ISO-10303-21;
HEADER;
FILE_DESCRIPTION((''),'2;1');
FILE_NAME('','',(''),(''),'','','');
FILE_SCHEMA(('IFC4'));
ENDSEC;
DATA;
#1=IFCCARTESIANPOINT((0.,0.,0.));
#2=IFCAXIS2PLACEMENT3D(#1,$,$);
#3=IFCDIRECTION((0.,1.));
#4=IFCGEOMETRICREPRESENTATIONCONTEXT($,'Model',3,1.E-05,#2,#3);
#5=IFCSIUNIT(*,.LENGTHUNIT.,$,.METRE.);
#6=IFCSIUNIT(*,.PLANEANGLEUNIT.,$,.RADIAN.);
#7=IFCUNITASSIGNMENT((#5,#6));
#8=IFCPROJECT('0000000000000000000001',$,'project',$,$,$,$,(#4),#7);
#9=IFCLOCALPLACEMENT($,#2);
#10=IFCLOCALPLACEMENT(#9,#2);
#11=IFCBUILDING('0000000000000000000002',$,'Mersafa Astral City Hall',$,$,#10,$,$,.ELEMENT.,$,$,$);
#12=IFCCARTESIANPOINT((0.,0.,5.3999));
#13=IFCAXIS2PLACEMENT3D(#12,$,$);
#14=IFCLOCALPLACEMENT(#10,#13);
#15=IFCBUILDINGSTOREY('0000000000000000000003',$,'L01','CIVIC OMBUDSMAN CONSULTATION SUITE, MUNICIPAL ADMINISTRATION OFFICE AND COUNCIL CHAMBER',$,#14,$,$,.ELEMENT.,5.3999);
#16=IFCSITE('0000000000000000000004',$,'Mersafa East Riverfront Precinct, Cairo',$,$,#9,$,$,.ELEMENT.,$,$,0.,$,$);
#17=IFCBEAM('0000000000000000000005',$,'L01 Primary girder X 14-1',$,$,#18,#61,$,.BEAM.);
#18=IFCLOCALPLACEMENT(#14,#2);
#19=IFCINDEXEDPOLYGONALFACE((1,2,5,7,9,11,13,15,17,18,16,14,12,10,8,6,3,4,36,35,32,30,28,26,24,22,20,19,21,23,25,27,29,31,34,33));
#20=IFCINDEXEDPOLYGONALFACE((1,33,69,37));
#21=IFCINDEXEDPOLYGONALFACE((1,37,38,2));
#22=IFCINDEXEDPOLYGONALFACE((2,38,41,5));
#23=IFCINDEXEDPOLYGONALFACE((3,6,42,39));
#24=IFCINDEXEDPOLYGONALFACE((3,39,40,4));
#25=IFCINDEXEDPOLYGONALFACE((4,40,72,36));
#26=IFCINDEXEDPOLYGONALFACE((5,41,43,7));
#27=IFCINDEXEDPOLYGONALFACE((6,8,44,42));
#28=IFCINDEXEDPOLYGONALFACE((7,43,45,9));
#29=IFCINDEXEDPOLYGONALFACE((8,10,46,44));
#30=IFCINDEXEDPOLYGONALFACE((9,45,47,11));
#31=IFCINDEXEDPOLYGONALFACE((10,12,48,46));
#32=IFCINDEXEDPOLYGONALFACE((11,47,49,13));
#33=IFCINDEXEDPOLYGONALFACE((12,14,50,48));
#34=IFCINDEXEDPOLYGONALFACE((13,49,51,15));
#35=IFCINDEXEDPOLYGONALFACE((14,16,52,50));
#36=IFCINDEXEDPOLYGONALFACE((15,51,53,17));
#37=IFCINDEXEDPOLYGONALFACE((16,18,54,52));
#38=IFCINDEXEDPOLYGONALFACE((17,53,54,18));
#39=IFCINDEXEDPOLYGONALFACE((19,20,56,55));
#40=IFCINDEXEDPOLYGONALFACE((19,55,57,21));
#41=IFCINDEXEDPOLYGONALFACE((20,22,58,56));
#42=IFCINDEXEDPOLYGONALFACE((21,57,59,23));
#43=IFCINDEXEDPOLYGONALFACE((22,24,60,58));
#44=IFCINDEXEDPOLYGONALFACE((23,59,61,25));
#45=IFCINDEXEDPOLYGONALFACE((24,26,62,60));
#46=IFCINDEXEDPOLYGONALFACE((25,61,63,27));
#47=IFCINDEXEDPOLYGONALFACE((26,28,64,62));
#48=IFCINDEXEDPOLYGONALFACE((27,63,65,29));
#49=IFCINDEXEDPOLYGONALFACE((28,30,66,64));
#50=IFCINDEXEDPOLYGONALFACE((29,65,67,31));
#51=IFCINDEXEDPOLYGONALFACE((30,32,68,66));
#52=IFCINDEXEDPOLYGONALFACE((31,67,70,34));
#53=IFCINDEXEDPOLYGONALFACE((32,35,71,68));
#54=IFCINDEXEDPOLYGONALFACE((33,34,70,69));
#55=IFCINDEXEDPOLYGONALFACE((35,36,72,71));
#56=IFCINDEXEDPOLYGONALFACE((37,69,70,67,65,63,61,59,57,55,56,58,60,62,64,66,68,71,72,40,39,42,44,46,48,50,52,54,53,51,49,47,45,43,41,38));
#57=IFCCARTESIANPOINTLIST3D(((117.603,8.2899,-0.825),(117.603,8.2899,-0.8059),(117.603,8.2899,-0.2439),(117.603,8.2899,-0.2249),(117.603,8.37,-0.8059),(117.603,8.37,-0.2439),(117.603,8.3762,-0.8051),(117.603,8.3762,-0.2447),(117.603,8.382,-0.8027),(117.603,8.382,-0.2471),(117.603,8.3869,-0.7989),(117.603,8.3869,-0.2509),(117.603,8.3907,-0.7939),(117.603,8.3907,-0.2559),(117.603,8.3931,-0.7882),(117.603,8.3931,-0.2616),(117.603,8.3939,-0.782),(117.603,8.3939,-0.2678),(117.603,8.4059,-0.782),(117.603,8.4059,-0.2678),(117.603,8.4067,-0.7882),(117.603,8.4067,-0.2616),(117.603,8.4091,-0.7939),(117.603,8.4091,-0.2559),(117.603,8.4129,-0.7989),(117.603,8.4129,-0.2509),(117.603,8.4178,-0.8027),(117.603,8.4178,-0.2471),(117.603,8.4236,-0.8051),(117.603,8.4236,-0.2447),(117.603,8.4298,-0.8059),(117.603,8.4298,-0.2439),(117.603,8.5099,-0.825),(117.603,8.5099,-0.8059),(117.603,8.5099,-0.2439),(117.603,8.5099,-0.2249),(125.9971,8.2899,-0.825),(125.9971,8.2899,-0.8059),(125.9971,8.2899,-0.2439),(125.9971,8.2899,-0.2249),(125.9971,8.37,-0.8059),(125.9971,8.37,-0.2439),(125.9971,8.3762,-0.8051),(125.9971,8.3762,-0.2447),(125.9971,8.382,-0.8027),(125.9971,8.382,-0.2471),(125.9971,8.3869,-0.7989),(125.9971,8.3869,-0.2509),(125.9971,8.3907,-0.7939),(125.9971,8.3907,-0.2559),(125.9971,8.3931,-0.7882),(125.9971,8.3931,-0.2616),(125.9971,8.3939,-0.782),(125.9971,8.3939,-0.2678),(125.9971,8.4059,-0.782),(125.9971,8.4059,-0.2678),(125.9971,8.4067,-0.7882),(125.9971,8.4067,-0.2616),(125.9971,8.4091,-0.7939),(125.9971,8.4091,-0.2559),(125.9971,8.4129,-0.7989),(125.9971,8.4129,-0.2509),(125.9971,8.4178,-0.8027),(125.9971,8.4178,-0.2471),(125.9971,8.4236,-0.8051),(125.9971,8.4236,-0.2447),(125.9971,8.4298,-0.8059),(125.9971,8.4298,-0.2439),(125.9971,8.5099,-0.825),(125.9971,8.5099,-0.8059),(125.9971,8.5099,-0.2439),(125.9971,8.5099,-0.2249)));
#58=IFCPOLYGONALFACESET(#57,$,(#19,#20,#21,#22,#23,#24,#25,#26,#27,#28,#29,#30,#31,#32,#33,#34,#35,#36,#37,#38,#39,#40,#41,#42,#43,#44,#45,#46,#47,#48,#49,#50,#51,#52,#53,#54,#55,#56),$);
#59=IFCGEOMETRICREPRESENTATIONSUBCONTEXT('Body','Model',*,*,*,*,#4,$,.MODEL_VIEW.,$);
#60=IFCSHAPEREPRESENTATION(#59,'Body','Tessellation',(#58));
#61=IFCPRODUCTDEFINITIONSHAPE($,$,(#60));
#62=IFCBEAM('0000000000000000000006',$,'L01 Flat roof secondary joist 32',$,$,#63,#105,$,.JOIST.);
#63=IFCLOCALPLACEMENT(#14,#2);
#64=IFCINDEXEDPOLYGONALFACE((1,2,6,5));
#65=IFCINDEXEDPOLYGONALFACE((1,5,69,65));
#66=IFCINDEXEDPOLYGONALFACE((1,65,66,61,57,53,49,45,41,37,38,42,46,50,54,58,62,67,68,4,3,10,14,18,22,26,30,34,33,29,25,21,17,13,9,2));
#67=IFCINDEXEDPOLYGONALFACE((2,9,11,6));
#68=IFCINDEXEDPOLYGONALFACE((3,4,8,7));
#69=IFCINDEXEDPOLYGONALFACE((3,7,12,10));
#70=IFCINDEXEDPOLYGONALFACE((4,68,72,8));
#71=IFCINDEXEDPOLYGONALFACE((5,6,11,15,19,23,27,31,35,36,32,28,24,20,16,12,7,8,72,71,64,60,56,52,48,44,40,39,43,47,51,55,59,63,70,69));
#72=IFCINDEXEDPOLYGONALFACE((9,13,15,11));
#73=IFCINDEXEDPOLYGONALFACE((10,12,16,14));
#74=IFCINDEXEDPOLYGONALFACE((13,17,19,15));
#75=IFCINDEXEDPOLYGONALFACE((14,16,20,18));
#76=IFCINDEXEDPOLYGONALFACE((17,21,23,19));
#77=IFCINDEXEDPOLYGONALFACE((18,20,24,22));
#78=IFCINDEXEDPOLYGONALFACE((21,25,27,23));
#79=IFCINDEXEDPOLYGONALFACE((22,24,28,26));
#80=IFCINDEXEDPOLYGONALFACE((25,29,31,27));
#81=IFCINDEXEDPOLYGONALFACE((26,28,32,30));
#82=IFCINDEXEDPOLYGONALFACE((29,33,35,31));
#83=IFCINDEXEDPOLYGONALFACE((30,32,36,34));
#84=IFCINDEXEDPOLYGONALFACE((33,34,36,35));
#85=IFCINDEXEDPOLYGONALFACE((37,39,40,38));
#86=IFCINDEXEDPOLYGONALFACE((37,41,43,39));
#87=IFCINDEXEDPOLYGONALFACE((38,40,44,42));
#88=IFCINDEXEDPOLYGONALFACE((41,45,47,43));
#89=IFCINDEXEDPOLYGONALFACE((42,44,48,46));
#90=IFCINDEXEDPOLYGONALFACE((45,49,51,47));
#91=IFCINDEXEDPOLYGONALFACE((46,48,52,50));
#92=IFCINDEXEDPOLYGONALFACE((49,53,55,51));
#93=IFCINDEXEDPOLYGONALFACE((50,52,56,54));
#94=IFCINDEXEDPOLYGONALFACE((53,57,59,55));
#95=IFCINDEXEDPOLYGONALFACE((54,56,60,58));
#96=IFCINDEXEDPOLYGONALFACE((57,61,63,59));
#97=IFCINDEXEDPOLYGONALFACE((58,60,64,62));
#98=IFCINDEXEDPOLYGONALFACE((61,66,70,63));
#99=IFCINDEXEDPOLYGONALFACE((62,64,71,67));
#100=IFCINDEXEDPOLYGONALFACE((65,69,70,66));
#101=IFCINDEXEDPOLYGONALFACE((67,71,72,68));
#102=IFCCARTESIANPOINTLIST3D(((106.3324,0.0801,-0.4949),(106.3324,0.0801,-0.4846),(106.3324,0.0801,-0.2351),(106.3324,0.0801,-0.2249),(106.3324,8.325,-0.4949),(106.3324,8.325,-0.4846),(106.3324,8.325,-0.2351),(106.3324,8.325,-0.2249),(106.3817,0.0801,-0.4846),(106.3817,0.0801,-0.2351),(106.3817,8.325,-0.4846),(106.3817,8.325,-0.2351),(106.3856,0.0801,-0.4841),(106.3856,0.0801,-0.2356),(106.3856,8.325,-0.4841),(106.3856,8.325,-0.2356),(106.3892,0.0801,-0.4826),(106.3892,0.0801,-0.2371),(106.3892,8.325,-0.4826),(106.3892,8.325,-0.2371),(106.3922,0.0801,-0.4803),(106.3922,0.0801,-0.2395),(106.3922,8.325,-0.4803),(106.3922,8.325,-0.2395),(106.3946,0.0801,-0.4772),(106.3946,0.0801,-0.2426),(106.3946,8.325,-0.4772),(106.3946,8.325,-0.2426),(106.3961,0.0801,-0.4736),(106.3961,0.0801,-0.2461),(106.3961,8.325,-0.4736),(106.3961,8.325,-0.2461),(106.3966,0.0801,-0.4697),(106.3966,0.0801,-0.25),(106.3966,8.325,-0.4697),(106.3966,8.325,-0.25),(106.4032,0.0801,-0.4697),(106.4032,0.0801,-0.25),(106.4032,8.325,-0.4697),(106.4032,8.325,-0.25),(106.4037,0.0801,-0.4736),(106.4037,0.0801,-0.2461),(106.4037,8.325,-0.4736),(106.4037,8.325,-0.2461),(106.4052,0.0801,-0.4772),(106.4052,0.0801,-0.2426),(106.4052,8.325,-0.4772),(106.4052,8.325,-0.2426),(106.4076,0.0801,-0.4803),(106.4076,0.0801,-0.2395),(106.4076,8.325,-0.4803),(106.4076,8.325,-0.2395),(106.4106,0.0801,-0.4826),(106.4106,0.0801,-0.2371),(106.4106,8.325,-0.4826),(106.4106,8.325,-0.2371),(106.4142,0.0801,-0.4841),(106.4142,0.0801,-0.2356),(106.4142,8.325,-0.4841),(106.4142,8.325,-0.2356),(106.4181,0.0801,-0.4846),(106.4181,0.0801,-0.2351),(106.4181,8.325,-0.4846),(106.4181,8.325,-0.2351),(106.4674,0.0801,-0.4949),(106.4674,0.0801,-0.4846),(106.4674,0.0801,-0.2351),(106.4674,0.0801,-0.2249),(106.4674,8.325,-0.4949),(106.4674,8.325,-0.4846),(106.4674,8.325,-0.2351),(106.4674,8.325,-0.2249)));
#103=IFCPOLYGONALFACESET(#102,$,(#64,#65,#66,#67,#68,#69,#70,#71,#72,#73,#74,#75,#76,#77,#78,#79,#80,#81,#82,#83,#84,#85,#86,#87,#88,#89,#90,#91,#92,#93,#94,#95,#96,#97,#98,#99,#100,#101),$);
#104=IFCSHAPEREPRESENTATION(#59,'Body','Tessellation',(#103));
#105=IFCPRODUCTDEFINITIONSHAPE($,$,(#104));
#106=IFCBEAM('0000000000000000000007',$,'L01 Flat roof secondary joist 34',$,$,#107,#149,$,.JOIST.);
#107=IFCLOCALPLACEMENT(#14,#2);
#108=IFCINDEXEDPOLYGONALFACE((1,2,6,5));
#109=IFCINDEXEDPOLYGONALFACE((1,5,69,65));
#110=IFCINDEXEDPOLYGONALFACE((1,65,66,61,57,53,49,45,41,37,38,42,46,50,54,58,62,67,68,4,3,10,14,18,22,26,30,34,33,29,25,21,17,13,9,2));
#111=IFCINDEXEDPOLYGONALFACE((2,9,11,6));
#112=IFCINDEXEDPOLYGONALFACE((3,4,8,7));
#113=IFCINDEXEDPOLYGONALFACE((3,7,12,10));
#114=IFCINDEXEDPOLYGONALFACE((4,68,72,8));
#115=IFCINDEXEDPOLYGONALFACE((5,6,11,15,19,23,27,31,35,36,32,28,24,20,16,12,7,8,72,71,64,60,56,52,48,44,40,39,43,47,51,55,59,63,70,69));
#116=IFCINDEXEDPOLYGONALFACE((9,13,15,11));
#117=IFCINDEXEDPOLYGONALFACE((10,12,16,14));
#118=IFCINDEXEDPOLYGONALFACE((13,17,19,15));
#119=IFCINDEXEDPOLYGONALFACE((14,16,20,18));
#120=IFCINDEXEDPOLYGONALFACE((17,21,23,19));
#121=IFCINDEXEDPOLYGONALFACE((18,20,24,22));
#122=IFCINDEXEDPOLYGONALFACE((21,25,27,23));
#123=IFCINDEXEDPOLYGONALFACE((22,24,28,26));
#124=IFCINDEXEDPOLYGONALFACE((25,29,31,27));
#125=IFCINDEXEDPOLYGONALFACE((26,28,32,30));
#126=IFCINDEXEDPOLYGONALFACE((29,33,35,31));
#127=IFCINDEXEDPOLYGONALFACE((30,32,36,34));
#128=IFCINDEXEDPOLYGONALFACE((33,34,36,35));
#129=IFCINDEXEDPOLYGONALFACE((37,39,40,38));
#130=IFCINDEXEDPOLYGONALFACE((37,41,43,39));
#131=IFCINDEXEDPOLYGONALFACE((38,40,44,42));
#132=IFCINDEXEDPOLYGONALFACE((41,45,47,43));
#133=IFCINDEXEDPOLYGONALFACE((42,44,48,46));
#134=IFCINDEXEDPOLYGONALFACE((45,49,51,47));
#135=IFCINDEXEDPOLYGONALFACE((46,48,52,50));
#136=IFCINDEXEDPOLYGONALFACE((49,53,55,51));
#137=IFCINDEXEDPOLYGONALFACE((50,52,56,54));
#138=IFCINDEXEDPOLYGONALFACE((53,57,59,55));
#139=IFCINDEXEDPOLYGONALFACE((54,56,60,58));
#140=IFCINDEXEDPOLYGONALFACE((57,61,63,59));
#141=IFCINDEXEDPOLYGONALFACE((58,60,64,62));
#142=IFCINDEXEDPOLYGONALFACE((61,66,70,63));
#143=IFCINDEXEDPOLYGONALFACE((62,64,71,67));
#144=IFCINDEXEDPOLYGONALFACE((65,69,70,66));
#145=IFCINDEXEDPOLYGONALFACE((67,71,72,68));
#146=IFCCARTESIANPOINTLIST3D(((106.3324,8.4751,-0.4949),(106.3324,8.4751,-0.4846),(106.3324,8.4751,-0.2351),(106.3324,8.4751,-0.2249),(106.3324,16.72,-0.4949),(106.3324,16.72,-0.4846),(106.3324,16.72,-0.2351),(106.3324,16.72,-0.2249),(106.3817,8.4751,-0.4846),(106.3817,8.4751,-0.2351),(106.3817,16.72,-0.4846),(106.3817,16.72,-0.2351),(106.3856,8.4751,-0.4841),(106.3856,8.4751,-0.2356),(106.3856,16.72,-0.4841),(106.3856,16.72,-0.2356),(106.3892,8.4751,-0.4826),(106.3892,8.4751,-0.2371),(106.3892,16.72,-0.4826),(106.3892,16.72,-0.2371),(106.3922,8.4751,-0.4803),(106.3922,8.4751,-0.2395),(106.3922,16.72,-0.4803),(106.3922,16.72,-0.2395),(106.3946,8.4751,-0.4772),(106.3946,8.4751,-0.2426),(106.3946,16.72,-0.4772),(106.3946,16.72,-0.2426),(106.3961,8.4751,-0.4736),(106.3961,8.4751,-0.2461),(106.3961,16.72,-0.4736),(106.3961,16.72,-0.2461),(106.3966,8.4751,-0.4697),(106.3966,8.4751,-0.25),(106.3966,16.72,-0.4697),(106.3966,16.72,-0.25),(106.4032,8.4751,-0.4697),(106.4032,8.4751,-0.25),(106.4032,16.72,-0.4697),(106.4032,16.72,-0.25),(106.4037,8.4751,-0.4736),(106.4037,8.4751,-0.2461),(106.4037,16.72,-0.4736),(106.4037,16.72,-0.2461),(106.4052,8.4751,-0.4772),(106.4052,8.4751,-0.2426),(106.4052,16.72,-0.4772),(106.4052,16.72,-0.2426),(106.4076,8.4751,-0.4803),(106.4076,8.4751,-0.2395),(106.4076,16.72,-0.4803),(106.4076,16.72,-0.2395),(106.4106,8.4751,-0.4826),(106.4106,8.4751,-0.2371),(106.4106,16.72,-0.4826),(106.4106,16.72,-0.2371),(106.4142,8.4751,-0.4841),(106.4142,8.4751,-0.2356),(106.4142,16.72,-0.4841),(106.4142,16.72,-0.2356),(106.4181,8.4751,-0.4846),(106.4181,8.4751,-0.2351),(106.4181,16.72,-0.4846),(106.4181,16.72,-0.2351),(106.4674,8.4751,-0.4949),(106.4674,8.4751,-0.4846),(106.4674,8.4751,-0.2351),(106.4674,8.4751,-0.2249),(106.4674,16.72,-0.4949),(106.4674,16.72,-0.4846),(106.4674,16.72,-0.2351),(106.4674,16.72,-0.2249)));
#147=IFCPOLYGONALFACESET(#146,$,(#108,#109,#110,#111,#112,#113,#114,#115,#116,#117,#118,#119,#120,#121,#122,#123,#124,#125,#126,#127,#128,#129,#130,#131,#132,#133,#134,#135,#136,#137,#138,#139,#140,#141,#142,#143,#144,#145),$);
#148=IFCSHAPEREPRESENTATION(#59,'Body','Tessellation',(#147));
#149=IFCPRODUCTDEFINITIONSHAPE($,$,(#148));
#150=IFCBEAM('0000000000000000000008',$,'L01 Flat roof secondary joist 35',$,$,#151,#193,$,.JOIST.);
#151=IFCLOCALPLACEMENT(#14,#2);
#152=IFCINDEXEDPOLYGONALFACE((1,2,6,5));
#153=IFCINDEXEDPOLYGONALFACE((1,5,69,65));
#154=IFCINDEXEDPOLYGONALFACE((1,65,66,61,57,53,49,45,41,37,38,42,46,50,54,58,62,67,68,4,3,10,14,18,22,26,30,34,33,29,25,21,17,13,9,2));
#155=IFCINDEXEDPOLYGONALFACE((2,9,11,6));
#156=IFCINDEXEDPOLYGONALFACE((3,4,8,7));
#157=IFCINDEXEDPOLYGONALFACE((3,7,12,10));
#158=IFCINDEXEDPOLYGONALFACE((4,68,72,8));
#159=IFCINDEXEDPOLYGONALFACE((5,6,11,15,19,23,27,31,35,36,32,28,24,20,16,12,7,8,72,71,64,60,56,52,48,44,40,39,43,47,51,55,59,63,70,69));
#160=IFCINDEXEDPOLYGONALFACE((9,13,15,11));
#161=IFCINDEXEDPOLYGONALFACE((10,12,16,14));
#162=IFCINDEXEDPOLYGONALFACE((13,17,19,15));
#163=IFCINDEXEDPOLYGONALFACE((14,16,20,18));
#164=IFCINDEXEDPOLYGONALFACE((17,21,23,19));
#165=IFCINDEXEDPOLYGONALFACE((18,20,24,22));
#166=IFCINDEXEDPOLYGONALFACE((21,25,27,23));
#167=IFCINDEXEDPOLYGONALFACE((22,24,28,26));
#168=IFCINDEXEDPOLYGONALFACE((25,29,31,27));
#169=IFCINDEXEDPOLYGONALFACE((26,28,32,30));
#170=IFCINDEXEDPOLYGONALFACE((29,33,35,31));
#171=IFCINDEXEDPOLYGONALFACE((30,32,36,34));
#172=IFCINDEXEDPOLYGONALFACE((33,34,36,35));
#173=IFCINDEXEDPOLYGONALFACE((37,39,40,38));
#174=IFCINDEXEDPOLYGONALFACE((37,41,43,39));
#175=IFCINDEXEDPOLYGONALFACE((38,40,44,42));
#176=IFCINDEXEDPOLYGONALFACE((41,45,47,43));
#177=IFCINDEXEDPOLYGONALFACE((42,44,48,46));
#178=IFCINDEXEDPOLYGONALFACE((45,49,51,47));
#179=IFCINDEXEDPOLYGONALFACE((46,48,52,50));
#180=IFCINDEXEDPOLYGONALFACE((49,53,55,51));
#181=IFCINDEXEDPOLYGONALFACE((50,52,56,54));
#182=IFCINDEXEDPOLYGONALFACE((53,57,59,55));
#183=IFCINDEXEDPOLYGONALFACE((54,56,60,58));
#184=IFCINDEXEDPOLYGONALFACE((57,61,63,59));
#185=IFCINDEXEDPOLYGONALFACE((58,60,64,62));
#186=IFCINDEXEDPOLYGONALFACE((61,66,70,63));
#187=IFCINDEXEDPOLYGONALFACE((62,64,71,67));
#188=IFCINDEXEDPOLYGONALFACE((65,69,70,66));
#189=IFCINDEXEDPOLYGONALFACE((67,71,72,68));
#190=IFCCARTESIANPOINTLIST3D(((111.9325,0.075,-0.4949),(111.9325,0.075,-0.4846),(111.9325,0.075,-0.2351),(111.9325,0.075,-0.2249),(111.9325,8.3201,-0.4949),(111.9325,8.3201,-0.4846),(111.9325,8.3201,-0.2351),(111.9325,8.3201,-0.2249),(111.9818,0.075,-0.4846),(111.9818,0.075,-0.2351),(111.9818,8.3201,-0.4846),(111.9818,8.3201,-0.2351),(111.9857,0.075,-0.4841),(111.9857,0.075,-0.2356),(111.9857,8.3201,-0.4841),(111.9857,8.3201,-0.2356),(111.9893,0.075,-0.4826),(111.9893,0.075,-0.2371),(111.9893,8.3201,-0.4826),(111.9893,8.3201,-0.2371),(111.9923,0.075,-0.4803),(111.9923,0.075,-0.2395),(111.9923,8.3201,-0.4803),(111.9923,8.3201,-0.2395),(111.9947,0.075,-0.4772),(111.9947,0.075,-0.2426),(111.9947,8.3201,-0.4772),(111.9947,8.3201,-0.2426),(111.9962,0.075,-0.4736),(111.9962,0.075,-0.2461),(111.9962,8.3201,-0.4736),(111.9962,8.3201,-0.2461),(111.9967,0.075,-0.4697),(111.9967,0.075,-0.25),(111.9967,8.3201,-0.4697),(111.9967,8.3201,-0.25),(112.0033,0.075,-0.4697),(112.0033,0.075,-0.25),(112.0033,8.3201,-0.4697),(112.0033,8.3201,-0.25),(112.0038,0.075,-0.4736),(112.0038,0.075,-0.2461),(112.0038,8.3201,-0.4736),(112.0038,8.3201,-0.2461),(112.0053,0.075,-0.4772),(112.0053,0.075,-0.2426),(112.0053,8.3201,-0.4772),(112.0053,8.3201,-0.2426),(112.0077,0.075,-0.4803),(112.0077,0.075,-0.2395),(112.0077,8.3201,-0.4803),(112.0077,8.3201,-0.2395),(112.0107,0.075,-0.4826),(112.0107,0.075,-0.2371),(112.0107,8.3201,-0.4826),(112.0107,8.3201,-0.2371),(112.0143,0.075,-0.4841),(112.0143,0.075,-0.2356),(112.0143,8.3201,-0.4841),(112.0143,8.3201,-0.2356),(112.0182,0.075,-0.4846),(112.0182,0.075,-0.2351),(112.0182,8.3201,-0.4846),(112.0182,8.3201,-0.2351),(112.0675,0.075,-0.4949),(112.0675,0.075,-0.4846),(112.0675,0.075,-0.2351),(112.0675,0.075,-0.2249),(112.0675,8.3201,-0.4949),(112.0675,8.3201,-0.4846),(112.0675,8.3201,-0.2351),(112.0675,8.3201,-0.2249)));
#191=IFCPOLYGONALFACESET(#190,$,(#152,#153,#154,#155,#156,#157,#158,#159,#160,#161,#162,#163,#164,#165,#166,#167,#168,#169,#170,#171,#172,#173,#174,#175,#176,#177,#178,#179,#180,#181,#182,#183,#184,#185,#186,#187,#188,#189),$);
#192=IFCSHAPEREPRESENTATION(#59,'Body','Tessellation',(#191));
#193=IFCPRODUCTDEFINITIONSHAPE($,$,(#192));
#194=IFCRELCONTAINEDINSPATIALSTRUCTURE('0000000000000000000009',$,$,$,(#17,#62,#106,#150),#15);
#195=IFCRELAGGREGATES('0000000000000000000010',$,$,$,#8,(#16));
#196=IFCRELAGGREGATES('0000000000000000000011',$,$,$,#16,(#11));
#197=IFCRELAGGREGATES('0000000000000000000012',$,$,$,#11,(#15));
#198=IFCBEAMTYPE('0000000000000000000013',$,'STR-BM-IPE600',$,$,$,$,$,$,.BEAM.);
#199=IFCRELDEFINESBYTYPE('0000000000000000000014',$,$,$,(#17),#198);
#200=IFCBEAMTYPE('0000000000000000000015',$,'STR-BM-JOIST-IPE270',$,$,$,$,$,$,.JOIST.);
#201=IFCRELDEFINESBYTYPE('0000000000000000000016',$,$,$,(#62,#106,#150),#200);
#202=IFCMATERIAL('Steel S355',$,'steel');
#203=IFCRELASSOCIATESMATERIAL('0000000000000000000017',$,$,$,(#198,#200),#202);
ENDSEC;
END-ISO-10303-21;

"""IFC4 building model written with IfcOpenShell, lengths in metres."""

from ifc_helpers import new_model, si_unit, direction, frame, origin, origin_2d, place, context, subcontext, project, spatial, i_section, extrude, material, material_profile, profile_set, type_object, element, save


model = new_model("IFC4")

# Units and contexts
model_context = context("Model", 3, precision=1e-05, world=origin(), true_north=direction((0.0, 1.0)))
body_context = subcontext(model_context, "Body", "Model", "MODEL_VIEW")
ifc_project = project(units=[si_unit("LENGTHUNIT", "METRE"), si_unit("PLANEANGLEUNIT", "RADIAN")], contexts=[model_context])

# Site, building, storey
site_placement = place(None, origin())
site = spatial("IfcSite", under=ifc_project, at=site_placement, Name="Mersafa East Riverfront Precinct, Cairo", CompositionType="ELEMENT", RefElevation=0.0)
building_placement = place(site_placement, origin())
building = spatial("IfcBuilding", under=site, at=building_placement, Name="Mersafa Astral City Hall", CompositionType="ELEMENT")
storey_placement = place(building_placement, frame((0.0, 0.0, 5.3999)))
storey = spatial("IfcBuildingStorey", under=building, at=storey_placement, Name="L01", Description="CIVIC OMBUDSMAN CONSULTATION SUITE, MUNICIPAL ADMINISTRATION OFFICE AND COUNCIL CHAMBER", CompositionType="ELEMENT", Elevation=5.3999)

# Shared definitions
ifc_material_1 = material(Name="Steel S355", Category="steel")

# Beams
ifc_material_profile_1 = material_profile(ifc_material_1, i_section(OverallWidth=0.22, OverallDepth=0.6001, WebThickness=0.012, FlangeThickness=0.019, FilletRadius=0.0239, at=origin_2d()), Name="IPE 600")
ifc_profile_set_1 = profile_set([ifc_material_profile_1], Name="Steel S355")
beam_type_1 = type_object("IfcBeamType", Name="STR-BM-IPE600", PredefinedType="BEAM", material=ifc_profile_set_1)
beam_1_placement = place(storey_placement, frame((117.603, 8.3999, -0.5249), z_axis=(1.0, 0.0, 0.0), x_axis=(0.0, 1.0, 0.0)))
element("IfcBeam", 1, at=beam_1_placement, inside=storey, type_object=beam_type_1, Name="L01 Primary girder X 14-1", PredefinedType="BEAM", context=body_context, shape_type="SweptSolid", body=[
    extrude(i_section(OverallWidth=0.22, OverallDepth=0.6001, WebThickness=0.012, FlangeThickness=0.019, FilletRadius=0.0239, at=origin_2d()), origin(), (0.0, 0.0, 1.0), 8.394),
])
ifc_material_profile_2 = material_profile(ifc_material_1, i_section(OverallWidth=0.135, OverallDepth=0.27, WebThickness=0.0066, FlangeThickness=0.0103, FilletRadius=0.0149, at=origin_2d()), Name="IPE 270")
ifc_profile_set_2 = profile_set([ifc_material_profile_2], Name="Steel S355")
beam_type_2 = type_object("IfcBeamType", Name="STR-BM-JOIST-IPE270", PredefinedType="JOIST", material=ifc_profile_set_2)
for number, where, z_axis, x_axis, name in (
    (2, (106.3999, 0.0801, -0.3599), (0.0, 1.0, 0.0), (-1.0, 0.0, 0.0), "L01 Flat roof secondary joist 32"),
    (3, (106.3999, 8.4751, -0.3599), (0.0, 1.0, 0.0), (-1.0, 0.0, 0.0), "L01 Flat roof secondary joist 34"),
):
    element("IfcBeam", number, at=place(storey_placement, frame(where, z_axis=z_axis, x_axis=x_axis)), inside=storey, type_object=beam_type_2, Name=name, PredefinedType="JOIST", context=body_context, shape_type="SweptSolid", body=[
        extrude(i_section(OverallWidth=0.135, OverallDepth=0.27, WebThickness=0.0066, FlangeThickness=0.0103, FilletRadius=0.0149, at=origin_2d()), origin(), (0.0, 0.0, 1.0), 8.2449),
    ])
for number, where, z_axis, x_axis, name in (
    (4, (112.0, 0.075, -0.3599), (0.0, 1.0, 0.0), (-1.0, 0.0, 0.0), "L01 Flat roof secondary joist 35"),
):
    element("IfcBeam", number, at=place(storey_placement, frame(where, z_axis=z_axis, x_axis=x_axis)), inside=storey, type_object=beam_type_2, Name=name, PredefinedType="JOIST", context=body_context, shape_type="SweptSolid", body=[
        extrude(i_section(OverallWidth=0.135, OverallDepth=0.27, WebThickness=0.0066, FlangeThickness=0.0103, FilletRadius=0.0149, at=origin_2d()), origin(), (0.0, 0.0, 1.0), 8.2451),
    ])

save(model, "model.ifc")
